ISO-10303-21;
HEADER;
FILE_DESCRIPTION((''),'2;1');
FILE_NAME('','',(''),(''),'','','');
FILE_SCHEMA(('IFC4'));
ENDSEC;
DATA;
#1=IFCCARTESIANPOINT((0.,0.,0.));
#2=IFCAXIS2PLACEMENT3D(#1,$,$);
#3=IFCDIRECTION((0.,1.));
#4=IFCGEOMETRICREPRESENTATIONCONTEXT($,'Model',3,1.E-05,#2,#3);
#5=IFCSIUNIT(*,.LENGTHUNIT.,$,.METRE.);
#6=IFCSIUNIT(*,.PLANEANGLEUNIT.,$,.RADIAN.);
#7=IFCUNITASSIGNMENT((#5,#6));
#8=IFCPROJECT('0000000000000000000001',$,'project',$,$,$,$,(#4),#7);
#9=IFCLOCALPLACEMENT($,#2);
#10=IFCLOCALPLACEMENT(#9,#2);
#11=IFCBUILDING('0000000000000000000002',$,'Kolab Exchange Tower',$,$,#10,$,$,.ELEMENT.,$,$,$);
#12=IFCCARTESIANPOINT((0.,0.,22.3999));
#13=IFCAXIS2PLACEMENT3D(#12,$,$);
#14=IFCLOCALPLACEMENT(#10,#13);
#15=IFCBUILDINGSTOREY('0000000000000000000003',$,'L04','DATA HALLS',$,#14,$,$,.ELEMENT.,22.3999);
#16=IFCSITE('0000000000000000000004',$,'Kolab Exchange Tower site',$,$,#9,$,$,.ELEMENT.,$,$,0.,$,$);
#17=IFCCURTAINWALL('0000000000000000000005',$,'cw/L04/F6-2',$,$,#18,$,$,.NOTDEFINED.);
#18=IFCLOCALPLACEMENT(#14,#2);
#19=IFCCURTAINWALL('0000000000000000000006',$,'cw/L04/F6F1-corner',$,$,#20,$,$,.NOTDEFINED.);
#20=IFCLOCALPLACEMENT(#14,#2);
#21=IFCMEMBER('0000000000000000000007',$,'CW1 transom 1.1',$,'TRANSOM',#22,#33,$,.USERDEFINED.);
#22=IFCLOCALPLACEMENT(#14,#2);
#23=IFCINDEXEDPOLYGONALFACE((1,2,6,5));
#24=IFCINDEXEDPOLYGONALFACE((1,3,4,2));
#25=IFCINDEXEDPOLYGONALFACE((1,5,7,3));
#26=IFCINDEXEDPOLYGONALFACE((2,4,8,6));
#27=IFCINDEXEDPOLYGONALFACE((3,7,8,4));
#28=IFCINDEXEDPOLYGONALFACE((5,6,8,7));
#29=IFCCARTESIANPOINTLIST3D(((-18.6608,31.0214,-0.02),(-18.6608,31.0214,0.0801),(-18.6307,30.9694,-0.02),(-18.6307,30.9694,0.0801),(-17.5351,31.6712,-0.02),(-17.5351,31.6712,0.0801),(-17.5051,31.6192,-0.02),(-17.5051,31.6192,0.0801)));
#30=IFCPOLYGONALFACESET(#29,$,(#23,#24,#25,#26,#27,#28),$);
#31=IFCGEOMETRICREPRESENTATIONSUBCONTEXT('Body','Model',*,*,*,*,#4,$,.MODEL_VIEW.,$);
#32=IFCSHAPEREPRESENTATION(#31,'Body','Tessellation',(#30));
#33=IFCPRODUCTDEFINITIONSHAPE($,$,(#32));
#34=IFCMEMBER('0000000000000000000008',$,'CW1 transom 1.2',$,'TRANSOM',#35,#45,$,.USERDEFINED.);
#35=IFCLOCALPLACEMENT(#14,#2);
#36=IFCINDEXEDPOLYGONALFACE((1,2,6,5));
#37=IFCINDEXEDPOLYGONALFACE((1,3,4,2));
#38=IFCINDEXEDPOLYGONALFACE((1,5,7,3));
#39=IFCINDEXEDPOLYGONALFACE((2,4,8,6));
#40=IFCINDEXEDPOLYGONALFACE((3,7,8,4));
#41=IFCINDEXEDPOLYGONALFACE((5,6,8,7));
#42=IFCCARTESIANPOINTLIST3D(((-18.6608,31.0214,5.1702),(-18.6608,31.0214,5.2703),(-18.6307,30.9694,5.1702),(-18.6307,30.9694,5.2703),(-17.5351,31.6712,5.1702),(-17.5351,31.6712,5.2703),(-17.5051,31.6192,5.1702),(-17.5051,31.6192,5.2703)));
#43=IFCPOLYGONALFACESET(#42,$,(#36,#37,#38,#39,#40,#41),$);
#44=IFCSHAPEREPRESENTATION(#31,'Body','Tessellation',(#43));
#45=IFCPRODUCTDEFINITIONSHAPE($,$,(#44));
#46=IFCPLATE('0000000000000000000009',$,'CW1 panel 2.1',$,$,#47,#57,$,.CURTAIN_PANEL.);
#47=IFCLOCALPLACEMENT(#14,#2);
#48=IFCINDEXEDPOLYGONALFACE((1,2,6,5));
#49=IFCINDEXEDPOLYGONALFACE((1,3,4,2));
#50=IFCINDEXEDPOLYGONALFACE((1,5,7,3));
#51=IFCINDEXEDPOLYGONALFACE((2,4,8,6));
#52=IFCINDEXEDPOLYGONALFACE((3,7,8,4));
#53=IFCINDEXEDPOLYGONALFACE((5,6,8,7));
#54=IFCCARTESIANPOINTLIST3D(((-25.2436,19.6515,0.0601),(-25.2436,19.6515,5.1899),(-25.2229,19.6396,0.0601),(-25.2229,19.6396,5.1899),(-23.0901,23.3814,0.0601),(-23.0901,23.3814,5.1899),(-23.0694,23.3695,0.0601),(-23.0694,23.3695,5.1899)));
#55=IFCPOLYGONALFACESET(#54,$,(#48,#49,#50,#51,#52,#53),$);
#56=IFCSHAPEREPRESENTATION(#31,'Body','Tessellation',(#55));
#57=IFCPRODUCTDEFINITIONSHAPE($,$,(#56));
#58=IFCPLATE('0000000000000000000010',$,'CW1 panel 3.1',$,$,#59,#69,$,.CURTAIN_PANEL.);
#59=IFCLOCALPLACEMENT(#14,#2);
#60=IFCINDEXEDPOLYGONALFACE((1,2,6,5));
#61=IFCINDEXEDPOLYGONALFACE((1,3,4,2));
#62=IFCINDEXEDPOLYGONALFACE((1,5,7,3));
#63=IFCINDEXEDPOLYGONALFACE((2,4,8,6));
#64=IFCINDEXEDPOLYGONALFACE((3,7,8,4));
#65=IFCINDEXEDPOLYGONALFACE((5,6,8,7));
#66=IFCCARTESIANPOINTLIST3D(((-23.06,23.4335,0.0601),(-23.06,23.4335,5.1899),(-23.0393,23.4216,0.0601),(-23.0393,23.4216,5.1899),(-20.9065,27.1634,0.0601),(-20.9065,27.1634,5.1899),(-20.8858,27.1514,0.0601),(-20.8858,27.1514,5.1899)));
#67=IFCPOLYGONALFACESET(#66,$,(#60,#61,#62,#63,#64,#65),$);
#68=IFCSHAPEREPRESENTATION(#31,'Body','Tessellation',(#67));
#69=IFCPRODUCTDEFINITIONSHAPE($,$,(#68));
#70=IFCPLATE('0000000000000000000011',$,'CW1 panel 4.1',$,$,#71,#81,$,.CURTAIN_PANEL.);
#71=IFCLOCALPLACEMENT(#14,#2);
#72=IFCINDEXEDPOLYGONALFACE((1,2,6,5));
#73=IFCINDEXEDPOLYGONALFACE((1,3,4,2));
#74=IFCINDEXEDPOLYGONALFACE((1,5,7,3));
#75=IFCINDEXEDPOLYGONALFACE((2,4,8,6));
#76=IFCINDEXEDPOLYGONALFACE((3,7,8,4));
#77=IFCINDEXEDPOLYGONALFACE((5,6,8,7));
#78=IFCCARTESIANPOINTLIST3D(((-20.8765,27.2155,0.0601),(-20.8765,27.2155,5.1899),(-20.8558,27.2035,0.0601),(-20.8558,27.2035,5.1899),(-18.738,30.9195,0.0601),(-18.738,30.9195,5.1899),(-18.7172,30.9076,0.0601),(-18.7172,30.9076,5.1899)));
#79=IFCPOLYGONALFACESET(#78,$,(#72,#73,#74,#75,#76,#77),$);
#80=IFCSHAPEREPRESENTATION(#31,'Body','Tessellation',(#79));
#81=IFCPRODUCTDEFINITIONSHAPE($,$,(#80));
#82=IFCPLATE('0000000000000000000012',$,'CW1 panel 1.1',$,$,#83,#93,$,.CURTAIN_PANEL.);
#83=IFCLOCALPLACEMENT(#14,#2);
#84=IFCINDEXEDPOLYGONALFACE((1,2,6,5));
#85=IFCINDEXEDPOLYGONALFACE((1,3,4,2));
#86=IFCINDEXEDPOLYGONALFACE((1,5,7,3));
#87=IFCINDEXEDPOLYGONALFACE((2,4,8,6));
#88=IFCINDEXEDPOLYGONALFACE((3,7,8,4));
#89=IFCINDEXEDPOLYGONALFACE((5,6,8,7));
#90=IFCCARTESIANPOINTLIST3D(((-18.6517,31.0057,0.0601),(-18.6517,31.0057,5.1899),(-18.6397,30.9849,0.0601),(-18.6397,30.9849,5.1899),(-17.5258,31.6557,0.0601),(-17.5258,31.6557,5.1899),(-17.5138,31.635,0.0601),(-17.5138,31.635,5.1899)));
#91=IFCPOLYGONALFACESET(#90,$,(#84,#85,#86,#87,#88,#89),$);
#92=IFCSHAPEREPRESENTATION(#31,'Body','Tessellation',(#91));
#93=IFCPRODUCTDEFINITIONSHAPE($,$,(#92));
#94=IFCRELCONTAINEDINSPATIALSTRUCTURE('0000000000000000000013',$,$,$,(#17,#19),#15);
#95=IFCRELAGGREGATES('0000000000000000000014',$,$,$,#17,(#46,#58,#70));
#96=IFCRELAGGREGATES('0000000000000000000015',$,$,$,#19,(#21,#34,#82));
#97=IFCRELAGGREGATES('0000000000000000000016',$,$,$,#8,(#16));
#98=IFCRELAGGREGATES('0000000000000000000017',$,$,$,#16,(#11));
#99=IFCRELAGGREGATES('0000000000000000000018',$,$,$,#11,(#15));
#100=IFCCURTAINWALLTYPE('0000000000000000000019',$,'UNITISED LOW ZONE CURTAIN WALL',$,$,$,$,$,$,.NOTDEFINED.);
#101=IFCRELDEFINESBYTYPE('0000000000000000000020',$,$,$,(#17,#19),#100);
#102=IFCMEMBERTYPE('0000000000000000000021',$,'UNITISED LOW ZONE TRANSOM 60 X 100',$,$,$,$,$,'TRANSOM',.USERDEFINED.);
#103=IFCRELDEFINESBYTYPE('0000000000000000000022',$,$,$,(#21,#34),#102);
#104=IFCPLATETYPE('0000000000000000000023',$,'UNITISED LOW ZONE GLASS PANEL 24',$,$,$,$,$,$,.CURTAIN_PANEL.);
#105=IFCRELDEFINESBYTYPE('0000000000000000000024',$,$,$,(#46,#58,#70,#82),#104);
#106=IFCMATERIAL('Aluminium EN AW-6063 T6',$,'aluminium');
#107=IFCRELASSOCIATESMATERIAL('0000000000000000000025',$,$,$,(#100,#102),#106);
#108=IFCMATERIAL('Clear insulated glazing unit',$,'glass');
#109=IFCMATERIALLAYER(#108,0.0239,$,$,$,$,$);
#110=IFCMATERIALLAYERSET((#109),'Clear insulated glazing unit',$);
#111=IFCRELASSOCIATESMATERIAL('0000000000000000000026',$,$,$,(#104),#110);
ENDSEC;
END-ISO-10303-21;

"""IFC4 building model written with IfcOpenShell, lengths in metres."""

from ifc_helpers import new_model, si_unit, direction, frame, origin, origin_2d, place, context, subcontext, project, spatial, rectangle, extrude, material, layer, layer_set, material_profile, profile_set, type_object, element, aggregate, save


model = new_model("IFC4")

# Units and contexts
model_context = context("Model", 3, precision=1e-05, world=origin(), true_north=direction((0.0, 1.0)))
body_context = subcontext(model_context, "Body", "Model", "MODEL_VIEW")
ifc_project = project(units=[si_unit("LENGTHUNIT", "METRE"), si_unit("PLANEANGLEUNIT", "RADIAN")], contexts=[model_context])

# Site, building, storey
site_placement = place(None, origin())
site = spatial("IfcSite", under=ifc_project, at=site_placement, Name="Kolab Exchange Tower site", CompositionType="ELEMENT", RefElevation=0.0)
building_placement = place(site_placement, origin())
building = spatial("IfcBuilding", under=site, at=building_placement, Name="Kolab Exchange Tower", CompositionType="ELEMENT")
storey_placement = place(building_placement, frame((0.0, 0.0, 22.3999)))
storey = spatial("IfcBuildingStorey", under=building, at=storey_placement, Name="L04", Description="DATA HALLS", CompositionType="ELEMENT", Elevation=22.3999)

# Curtain wall
ifc_material_1 = material(Name="Aluminium EN AW-6063 T6", Category="aluminium")
curtain_wall_type = type_object("IfcCurtainWallType", Name="UNITISED LOW ZONE CURTAIN WALL", PredefinedType="NOTDEFINED", material=ifc_material_1)
curtain_wall_1_placement = place(storey_placement, origin())
curtain_wall_1 = element("IfcCurtainWall", 1, at=curtain_wall_1_placement, inside=storey, type_object=curtain_wall_type, Name="cw/L04/F6-2", PredefinedType="NOTDEFINED")

# Curtain wall
curtain_wall_2_placement = place(storey_placement, origin())
curtain_wall_2 = element("IfcCurtainWall", 2, at=curtain_wall_2_placement, inside=storey, type_object=curtain_wall_type, Name="cw/L04/F6F1-corner", PredefinedType="NOTDEFINED")

# Members
ifc_material_profile_1 = material_profile(ifc_material_1, rectangle(XDim=0.0601, YDim=0.1001, at=origin_2d()), Name="RECT 60X100")
ifc_profile_set_1 = profile_set([ifc_material_profile_1], Name="Aluminium EN AW-6063 T6")
member_type_1 = type_object("IfcMemberType", Name="UNITISED LOW ZONE TRANSOM 60 X 100", ElementType="TRANSOM", PredefinedType="USERDEFINED", material=ifc_profile_set_1)
member_1_placement = place(storey_placement, frame((-18.6458, 30.9954, 0.03), z_axis=(0.866039, 0.499977, 0.0), x_axis=(-0.499977, 0.866039, 0.0)))
member_1 = element("IfcMember", 3, at=member_1_placement, type_object=member_type_1, Name="CW1 transom 1.1", ObjectType="TRANSOM", PredefinedType="USERDEFINED", context=body_context, shape_type="SweptSolid", body=[
    extrude(rectangle(XDim=0.0601, YDim=0.1001, at=origin_2d()), origin(), (0.0, 0.0, 1.0), 1.2998),
])
member_2_placement = place(storey_placement, frame((-18.6458, 30.9954, 5.2202), z_axis=(0.866039, 0.499977, 0.0), x_axis=(-0.499977, 0.866039, 0.0)))
member_2 = element("IfcMember", 4, at=member_2_placement, type_object=member_type_1, Name="CW1 transom 1.2", ObjectType="TRANSOM", PredefinedType="USERDEFINED", context=body_context, shape_type="SweptSolid", body=[
    extrude(rectangle(XDim=0.0601, YDim=0.1001, at=origin_2d()), origin(), (0.0, 0.0, 1.0), 1.2998),
])

# Plates
ifc_material_2 = material(Name="Clear insulated glazing unit", Category="glass")
ifc_layer = layer(ifc_material_2, 0.0239)
ifc_layer_set = layer_set([ifc_layer], Name="Clear insulated glazing unit")
plate_type = type_object("IfcPlateType", Name="UNITISED LOW ZONE GLASS PANEL 24", PredefinedType="CURTAIN_PANEL", material=ifc_layer_set)
plate_1_placement = place(storey_placement, frame((-24.1565, 21.5105, 0.0601), z_axis=(0.0, 0.0, 1.0), x_axis=(0.5, 0.866025, 0.0)))
plate_1 = element("IfcPlate", 5, at=plate_1_placement, type_object=plate_type, Name="CW1 panel 2.1", PredefinedType="CURTAIN_PANEL", context=body_context, shape_type="SweptSolid", body=[
    extrude(rectangle(XDim=4.3069, YDim=0.0239, at=origin_2d()), origin(), (0.0, 0.0, 1.0), 5.1299),
])
plate_2_placement = place(storey_placement, frame((-21.9729, 25.2925, 0.0601), z_axis=(0.0, 0.0, 1.0), x_axis=(0.5, 0.866025, 0.0)))
plate_2 = element("IfcPlate", 6, at=plate_2_placement, type_object=plate_type, Name="CW1 panel 3.1", PredefinedType="CURTAIN_PANEL", context=body_context, shape_type="SweptSolid", body=[
    extrude(rectangle(XDim=4.3069, YDim=0.0239, at=origin_2d()), origin(), (0.0, 0.0, 1.0), 5.1299),
])
plate_3_placement = place(storey_placement, frame((-19.7969, 29.0615, 0.0601), z_axis=(0.0, 0.0, 1.0), x_axis=(0.5, 0.866025, 0.0)))
plate_3 = element("IfcPlate", 7, at=plate_3_placement, type_object=plate_type, Name="CW1 panel 4.1", PredefinedType="CURTAIN_PANEL", context=body_context, shape_type="SweptSolid", body=[
    extrude(rectangle(XDim=4.2771, YDim=0.0239, at=origin_2d()), origin(), (0.0, 0.0, 1.0), 5.1299),
])
aggregate(curtain_wall_1, [plate_1, plate_2, plate_3])
plate_4_placement = place(storey_placement, frame((-18.0828, 31.3203, 0.0601), z_axis=(0.0, 0.0, 1.0), x_axis=(0.866025, 0.5, 0.0)))
plate_4 = element("IfcPlate", 8, at=plate_4_placement, type_object=plate_type, Name="CW1 panel 1.1", PredefinedType="CURTAIN_PANEL", context=body_context, shape_type="SweptSolid", body=[
    extrude(rectangle(XDim=1.3, YDim=0.0239, at=origin_2d()), origin(), (0.0, 0.0, 1.0), 5.1299),
])
aggregate(curtain_wall_2, [member_1, member_2, plate_4])

save(model, "model.ifc")
